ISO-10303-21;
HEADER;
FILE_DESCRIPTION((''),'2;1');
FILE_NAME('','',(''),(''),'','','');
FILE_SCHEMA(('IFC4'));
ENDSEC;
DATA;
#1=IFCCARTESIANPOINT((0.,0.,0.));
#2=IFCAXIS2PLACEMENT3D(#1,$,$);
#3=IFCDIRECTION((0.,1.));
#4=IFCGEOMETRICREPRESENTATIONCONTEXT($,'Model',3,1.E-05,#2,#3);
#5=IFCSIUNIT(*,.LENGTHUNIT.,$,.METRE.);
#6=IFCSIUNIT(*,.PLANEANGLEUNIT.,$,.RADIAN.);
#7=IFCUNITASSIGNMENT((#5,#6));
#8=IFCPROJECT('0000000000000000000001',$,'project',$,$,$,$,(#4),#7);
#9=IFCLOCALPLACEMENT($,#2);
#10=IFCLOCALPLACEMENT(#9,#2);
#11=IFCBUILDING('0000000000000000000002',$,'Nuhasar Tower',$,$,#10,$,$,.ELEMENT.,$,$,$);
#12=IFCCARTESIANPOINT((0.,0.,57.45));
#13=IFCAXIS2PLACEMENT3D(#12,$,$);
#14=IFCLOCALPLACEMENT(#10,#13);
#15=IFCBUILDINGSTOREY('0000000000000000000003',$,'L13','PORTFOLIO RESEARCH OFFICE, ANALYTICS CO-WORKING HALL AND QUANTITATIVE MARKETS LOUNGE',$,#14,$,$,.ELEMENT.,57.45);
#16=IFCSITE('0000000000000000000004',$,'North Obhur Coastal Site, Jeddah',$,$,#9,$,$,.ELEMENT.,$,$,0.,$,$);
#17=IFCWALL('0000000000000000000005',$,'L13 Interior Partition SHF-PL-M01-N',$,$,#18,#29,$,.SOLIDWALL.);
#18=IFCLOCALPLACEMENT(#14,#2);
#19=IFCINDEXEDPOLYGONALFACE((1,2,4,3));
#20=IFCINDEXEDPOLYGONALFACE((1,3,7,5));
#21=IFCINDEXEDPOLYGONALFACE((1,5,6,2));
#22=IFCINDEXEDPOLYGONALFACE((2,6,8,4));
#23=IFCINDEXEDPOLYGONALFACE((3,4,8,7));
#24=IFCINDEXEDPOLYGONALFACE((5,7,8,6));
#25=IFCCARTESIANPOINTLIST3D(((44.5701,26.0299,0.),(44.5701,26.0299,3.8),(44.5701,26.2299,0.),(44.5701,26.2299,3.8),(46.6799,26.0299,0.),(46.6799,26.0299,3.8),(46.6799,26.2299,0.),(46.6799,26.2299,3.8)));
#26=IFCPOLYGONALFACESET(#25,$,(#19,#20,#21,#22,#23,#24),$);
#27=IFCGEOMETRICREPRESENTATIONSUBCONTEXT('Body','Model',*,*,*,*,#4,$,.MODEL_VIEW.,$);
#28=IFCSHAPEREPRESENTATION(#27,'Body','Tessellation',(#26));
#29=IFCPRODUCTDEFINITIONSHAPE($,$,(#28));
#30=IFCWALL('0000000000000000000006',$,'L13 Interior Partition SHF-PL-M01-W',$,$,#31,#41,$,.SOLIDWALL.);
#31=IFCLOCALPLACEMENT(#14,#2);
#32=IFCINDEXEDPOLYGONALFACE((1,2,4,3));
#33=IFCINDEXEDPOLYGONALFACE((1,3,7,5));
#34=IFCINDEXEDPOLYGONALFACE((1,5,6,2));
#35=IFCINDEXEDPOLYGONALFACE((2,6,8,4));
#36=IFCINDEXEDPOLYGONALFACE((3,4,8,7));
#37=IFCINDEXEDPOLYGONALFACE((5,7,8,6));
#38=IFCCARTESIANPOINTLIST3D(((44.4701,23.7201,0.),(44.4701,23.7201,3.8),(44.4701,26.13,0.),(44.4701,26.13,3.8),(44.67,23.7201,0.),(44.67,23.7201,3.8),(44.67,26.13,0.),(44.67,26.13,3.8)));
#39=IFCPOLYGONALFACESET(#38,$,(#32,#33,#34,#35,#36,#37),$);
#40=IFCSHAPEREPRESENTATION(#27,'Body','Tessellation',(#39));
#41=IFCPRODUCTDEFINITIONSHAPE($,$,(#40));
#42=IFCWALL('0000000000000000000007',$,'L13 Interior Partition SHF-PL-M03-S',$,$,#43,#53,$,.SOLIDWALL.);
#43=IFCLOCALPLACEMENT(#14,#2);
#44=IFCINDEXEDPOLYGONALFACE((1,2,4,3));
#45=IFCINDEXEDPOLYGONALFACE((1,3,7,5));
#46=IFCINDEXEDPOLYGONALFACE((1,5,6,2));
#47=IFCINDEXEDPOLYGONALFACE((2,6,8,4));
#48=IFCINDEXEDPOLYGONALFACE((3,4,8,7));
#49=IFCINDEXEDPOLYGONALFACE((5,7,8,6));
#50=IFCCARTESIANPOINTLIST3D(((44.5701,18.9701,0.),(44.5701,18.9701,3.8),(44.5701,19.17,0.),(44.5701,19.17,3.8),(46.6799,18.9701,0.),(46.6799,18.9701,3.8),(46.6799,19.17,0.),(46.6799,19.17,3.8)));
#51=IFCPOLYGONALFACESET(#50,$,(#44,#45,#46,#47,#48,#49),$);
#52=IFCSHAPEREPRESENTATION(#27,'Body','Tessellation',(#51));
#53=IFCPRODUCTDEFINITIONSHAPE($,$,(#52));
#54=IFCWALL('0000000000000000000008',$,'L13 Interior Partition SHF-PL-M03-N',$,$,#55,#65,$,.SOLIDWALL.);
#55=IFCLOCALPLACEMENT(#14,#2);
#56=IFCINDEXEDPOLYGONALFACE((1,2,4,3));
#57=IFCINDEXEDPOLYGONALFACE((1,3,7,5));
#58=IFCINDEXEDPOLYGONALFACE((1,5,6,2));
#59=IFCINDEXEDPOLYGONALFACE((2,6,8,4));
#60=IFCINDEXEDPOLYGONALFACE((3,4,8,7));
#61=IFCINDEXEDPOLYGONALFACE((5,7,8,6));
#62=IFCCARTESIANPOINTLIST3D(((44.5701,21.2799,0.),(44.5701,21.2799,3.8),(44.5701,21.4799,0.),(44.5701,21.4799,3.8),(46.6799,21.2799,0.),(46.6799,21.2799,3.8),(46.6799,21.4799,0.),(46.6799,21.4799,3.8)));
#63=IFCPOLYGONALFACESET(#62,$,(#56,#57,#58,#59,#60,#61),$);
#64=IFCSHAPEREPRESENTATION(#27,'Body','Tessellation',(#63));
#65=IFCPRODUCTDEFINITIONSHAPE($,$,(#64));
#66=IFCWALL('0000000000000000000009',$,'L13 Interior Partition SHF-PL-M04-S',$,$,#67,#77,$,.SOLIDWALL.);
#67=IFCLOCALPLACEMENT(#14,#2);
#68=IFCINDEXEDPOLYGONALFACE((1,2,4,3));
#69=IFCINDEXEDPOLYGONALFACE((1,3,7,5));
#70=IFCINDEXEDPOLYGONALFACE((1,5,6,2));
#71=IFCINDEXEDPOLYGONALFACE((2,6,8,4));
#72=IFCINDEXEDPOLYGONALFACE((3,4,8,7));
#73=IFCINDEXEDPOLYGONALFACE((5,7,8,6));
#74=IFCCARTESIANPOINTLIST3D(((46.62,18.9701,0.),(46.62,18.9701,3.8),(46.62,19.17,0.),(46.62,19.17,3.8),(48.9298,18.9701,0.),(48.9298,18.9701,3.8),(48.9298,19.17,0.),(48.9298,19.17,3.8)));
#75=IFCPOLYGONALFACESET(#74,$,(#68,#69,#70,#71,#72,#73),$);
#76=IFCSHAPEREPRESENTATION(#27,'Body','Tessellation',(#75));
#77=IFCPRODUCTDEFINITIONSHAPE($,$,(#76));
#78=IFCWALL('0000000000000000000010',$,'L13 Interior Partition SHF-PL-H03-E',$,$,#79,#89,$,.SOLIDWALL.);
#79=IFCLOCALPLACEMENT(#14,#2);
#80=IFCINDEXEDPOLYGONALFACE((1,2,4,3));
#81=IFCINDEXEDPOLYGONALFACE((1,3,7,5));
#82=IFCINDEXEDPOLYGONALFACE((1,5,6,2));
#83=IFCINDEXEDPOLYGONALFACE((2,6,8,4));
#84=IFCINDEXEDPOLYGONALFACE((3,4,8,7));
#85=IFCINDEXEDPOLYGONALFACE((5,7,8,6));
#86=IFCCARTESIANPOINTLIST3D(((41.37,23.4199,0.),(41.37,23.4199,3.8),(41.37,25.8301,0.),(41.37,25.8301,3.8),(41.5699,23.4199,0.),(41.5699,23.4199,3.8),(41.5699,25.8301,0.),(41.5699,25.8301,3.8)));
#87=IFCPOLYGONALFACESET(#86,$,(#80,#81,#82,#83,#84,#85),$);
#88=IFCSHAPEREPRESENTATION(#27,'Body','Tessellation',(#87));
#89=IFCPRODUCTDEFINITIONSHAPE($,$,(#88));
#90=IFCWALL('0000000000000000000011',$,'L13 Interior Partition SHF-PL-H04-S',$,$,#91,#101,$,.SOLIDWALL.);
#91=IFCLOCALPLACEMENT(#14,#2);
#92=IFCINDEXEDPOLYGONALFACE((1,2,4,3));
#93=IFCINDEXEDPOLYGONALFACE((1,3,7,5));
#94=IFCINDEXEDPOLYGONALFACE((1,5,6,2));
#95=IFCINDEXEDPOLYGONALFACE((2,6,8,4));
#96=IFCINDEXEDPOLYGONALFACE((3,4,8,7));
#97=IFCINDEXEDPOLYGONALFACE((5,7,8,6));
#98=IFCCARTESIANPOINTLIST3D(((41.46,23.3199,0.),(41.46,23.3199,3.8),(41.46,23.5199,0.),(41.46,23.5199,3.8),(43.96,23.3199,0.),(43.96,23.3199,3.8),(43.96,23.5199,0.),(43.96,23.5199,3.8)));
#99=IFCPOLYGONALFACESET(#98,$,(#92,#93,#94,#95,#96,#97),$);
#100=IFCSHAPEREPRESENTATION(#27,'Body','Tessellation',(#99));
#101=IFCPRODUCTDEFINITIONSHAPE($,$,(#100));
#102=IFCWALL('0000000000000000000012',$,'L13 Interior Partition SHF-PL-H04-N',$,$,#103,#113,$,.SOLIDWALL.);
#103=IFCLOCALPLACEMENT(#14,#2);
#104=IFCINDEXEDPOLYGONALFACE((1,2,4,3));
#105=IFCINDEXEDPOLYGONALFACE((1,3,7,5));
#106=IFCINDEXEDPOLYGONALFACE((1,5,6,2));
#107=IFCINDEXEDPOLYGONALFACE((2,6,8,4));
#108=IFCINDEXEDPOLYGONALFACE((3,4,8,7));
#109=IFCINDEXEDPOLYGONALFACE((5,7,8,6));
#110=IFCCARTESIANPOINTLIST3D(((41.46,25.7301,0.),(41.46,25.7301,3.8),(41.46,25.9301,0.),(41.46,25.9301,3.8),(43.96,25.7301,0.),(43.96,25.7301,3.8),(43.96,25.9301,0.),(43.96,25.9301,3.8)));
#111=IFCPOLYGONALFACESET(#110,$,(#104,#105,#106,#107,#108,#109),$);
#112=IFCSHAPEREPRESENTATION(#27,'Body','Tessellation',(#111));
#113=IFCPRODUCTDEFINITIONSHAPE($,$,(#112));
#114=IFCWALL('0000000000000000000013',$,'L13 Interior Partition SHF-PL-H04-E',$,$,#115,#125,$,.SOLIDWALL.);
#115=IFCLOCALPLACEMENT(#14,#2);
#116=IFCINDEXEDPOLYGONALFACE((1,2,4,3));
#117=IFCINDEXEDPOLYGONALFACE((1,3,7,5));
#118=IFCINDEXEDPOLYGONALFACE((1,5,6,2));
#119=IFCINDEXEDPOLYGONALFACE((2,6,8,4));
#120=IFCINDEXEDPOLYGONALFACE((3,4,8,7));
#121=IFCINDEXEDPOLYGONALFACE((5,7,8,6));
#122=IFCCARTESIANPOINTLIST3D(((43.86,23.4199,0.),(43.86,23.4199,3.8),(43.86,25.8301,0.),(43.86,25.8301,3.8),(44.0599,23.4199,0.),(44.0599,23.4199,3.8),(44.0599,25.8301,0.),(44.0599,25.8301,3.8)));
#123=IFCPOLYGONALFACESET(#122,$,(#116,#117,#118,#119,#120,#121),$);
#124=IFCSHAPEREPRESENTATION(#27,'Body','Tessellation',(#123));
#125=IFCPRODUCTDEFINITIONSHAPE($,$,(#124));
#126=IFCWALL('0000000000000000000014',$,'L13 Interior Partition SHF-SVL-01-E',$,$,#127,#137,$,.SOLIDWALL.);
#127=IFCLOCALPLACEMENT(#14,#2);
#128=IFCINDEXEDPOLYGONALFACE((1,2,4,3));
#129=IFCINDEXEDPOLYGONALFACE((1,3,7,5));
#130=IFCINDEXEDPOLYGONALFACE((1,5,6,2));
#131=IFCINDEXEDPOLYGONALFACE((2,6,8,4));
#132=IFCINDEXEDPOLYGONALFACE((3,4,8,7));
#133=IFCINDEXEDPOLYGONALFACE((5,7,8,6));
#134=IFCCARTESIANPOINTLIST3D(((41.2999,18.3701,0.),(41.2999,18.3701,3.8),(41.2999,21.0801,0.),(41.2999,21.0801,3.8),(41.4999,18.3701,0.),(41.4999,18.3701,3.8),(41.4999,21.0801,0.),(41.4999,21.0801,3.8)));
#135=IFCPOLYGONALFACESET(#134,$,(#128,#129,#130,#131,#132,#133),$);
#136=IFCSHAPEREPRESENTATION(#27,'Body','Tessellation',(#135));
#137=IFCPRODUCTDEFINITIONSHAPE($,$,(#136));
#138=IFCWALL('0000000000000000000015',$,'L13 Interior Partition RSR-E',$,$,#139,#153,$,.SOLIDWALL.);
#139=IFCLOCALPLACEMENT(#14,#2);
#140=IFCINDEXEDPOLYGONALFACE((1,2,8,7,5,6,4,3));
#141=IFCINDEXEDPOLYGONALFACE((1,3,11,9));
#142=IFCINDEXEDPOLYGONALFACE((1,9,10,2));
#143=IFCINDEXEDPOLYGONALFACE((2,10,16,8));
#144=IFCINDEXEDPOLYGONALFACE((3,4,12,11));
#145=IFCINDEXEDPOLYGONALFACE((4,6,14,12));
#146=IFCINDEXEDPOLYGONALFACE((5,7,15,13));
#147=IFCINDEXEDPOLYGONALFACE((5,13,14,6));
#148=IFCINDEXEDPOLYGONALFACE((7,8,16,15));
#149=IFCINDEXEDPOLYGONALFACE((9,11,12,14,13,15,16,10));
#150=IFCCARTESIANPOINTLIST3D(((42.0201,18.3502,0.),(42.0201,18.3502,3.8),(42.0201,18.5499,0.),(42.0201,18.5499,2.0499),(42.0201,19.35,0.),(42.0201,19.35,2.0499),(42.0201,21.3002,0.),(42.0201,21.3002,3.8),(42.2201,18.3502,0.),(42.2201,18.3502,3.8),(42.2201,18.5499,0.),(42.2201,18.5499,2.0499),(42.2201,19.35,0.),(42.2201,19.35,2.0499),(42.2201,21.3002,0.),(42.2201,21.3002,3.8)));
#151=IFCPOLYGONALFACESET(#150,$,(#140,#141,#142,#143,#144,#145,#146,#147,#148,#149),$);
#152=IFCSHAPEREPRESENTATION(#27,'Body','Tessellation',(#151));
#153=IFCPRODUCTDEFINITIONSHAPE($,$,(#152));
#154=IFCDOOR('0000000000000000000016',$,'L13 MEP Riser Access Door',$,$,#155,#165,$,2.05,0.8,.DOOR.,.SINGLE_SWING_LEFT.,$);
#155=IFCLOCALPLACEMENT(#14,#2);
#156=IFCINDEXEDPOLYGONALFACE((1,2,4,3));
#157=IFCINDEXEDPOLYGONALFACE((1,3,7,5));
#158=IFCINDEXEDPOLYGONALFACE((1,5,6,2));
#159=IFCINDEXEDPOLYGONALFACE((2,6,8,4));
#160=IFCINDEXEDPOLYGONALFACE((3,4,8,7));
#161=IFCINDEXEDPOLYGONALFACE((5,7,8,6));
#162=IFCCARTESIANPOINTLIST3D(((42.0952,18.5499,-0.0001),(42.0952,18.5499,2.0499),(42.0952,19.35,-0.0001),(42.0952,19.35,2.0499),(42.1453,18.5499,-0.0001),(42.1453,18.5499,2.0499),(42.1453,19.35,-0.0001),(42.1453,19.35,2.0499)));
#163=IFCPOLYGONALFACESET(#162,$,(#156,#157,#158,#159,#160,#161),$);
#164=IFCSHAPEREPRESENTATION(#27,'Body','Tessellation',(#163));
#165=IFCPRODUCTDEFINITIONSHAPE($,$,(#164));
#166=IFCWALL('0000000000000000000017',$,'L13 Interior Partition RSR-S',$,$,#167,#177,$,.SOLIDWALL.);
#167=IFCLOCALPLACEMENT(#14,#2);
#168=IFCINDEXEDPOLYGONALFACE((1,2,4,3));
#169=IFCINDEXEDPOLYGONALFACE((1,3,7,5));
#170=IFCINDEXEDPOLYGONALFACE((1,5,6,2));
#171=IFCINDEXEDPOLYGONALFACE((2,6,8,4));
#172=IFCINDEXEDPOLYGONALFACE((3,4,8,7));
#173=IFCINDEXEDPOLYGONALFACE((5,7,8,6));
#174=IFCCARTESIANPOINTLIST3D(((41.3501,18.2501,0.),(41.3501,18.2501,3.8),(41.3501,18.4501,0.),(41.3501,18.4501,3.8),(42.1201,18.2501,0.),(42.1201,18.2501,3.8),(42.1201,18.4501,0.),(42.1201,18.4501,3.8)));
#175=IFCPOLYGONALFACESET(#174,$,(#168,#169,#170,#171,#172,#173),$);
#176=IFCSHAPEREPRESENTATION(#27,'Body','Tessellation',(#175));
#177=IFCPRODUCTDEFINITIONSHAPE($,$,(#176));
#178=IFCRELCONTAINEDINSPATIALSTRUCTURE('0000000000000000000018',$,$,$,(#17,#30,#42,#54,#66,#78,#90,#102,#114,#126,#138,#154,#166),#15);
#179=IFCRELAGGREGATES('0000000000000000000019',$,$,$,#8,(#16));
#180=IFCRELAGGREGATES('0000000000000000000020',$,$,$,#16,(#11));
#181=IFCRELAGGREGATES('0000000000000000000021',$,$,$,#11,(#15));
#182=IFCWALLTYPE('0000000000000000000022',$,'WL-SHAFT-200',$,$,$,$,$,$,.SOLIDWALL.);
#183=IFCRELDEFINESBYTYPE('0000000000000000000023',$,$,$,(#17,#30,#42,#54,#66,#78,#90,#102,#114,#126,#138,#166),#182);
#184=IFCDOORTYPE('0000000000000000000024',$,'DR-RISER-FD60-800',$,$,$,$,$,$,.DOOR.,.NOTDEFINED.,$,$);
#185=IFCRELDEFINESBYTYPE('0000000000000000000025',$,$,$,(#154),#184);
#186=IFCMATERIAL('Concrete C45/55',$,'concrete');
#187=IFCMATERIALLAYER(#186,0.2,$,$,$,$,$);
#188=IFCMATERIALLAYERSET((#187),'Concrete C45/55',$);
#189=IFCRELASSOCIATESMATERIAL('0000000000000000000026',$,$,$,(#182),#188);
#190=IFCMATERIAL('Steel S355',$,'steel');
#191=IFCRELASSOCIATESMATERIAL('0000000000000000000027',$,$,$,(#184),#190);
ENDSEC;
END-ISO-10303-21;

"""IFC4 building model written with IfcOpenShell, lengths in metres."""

from ifc_helpers import new_model, si_unit, direction, frame, frame_2d, origin, place, context, subcontext, project, spatial, rectangle, extrude, material, layer, layer_set, type_object, element, fill, save


model = new_model("IFC4")

# Units and contexts
model_context = context("Model", 3, precision=1e-05, world=origin(), true_north=direction((0.0, 1.0)))
body_context = subcontext(model_context, "Body", "Model", "MODEL_VIEW")
ifc_project = project(units=[si_unit("LENGTHUNIT", "METRE"), si_unit("PLANEANGLEUNIT", "RADIAN")], contexts=[model_context])

# Site, building, storey
site_placement = place(None, origin())
site = spatial("IfcSite", under=ifc_project, at=site_placement, Name="North Obhur Coastal Site, Jeddah", CompositionType="ELEMENT", RefElevation=0.0)
building_placement = place(site_placement, origin())
building = spatial("IfcBuilding", under=site, at=building_placement, Name="Nuhasar Tower", CompositionType="ELEMENT")
storey_placement = place(building_placement, frame((0.0, 0.0, 57.45)))
storey = spatial("IfcBuildingStorey", under=building, at=storey_placement, Name="L13", Description="PORTFOLIO RESEARCH OFFICE, ANALYTICS CO-WORKING HALL AND QUANTITATIVE MARKETS LOUNGE", CompositionType="ELEMENT", Elevation=57.45)

# Shared definitions
ifc_material_1 = material(Name="Steel S355", Category="steel")

# Shared definitions
ifc_material_2 = material(Name="Concrete C45/55", Category="concrete")

# Walls
ifc_layer_1 = layer(ifc_material_2, 0.2)
ifc_layer_set_1 = layer_set([ifc_layer_1], Name="Concrete C45/55")
wall_type_1 = type_object("IfcWallType", Name="WL-SHAFT-200", PredefinedType="SOLIDWALL", material=ifc_layer_set_1)
for number, where, z_axis, x_axis, name in (
    (1, (44.5701, 26.1299, 0.0), (0.0, 0.0, 1.0), (1.0, 0.0, 0.0), "L13 Interior Partition SHF-PL-M01-N"),
):
    element("IfcWall", number, at=place(storey_placement, frame(where, z_axis=z_axis, x_axis=x_axis)), inside=storey, type_object=wall_type_1, Name=name, PredefinedType="SOLIDWALL", context=body_context, shape_type="SweptSolid", body=[
        extrude(rectangle(XDim=2.1099, YDim=0.2, at=frame_2d((1.0549, 0.0))), origin(), (0.0, 0.0, 1.0), 3.8),
    ])
wall_1_placement = place(storey_placement, frame((44.5701, 23.72, 0.0), z_axis=(0.0, 0.0, 1.0), x_axis=(0.0, 1.0, 0.0)))
element("IfcWall", 2, at=wall_1_placement, inside=storey, type_object=wall_type_1, Name="L13 Interior Partition SHF-PL-M01-W", PredefinedType="SOLIDWALL", context=body_context, shape_type="SweptSolid", body=[
    extrude(rectangle(XDim=2.4099, YDim=0.2, at=frame_2d((1.2051, 0.0))), origin(), (0.0, 0.0, 1.0), 3.8),
])
for number, where, z_axis, x_axis, name in (
    (3, (44.5701, 19.0701, 0.0), (0.0, 0.0, 1.0), (1.0, 0.0, 0.0), "L13 Interior Partition SHF-PL-M03-S"),
    (4, (44.5701, 21.3799, 0.0), (0.0, 0.0, 1.0), (1.0, 0.0, 0.0), "L13 Interior Partition SHF-PL-M03-N"),
):
    element("IfcWall", number, at=place(storey_placement, frame(where, z_axis=z_axis, x_axis=x_axis)), inside=storey, type_object=wall_type_1, Name=name, PredefinedType="SOLIDWALL", context=body_context, shape_type="SweptSolid", body=[
        extrude(rectangle(XDim=2.1099, YDim=0.2, at=frame_2d((1.0549, 0.0))), origin(), (0.0, 0.0, 1.0), 3.8),
    ])
wall_2_placement = place(storey_placement, frame((46.6201, 19.0701, 0.0), z_axis=(0.0, 0.0, 1.0), x_axis=(1.0, 0.0, 0.0)))
element("IfcWall", 5, at=wall_2_placement, inside=storey, type_object=wall_type_1, Name="L13 Interior Partition SHF-PL-M04-S", PredefinedType="SOLIDWALL", context=body_context, shape_type="SweptSolid", body=[
    extrude(rectangle(XDim=2.3098, YDim=0.2, at=frame_2d((1.1548, 0.0))), origin(), (0.0, 0.0, 1.0), 3.8),
])
wall_3_placement = place(storey_placement, frame((41.47, 23.4199, 0.0), z_axis=(0.0, 0.0, 1.0), x_axis=(0.0, 1.0, 0.0)))
element("IfcWall", 6, at=wall_3_placement, inside=storey, type_object=wall_type_1, Name="L13 Interior Partition SHF-PL-H03-E", PredefinedType="SOLIDWALL", context=body_context, shape_type="SweptSolid", body=[
    extrude(rectangle(XDim=2.4102, YDim=0.2, at=frame_2d((1.2051, 0.0))), origin(), (0.0, 0.0, 1.0), 3.8),
])
for number, where, z_axis, x_axis, name in (
    (7, (41.46, 23.4199, 0.0), (0.0, 0.0, 1.0), (1.0, 0.0, 0.0), "L13 Interior Partition SHF-PL-H04-S"),
    (8, (41.46, 25.8301, 0.0), (0.0, 0.0, 1.0), (1.0, 0.0, 0.0), "L13 Interior Partition SHF-PL-H04-N"),
):
    element("IfcWall", number, at=place(storey_placement, frame(where, z_axis=z_axis, x_axis=x_axis)), inside=storey, type_object=wall_type_1, Name=name, PredefinedType="SOLIDWALL", context=body_context, shape_type="SweptSolid", body=[
        extrude(rectangle(XDim=2.5, YDim=0.2, at=frame_2d((1.25, 0.0))), origin(), (0.0, 0.0, 1.0), 3.8),
    ])
wall_4_placement = place(storey_placement, frame((43.96, 23.4199, 0.0), z_axis=(0.0, 0.0, 1.0), x_axis=(0.0, 1.0, 0.0)))
element("IfcWall", 9, at=wall_4_placement, inside=storey, type_object=wall_type_1, Name="L13 Interior Partition SHF-PL-H04-E", PredefinedType="SOLIDWALL", context=body_context, shape_type="SweptSolid", body=[
    extrude(rectangle(XDim=2.4102, YDim=0.2, at=frame_2d((1.2051, 0.0))), origin(), (0.0, 0.0, 1.0), 3.8),
])
wall_5_placement = place(storey_placement, frame((41.3999, 18.3701, 0.0), z_axis=(0.0, 0.0, 1.0), x_axis=(0.0, 1.0, 0.0)))
element("IfcWall", 10, at=wall_5_placement, inside=storey, type_object=wall_type_1, Name="L13 Interior Partition SHF-SVL-01-E", PredefinedType="SOLIDWALL", context=body_context, shape_type="SweptSolid", body=[
    extrude(rectangle(XDim=2.71, YDim=0.2, at=frame_2d((1.355, 0.0))), origin(), (0.0, 0.0, 1.0), 3.8),
])

# Wall, opening, door
wall_6_placement = place(storey_placement, frame((42.1201, 18.3501, 0.0), z_axis=(0.0, 0.0, 1.0), x_axis=(0.0, 1.0, 0.0)))
wall_6 = element("IfcWall", 11, at=wall_6_placement, inside=storey, type_object=wall_type_1, Name="L13 Interior Partition RSR-E", PredefinedType="SOLIDWALL", context=body_context, shape_type="SweptSolid", body=[
    extrude(rectangle(XDim=2.95, YDim=0.2, at=frame_2d((1.4751, 0.0))), origin(), (0.0, 0.0, 1.0), 3.8),
])
opening_1_placement = place(wall_6_placement, frame((0.2, 0.0, 0.0)))
opening_1 = element("IfcOpeningElement", 12, at=opening_1_placement, cuts=wall_6, PredefinedType="OPENING", context=body_context, shape_type="SweptSolid", body=[
    extrude(rectangle(XDim=0.8, YDim=2.05, at=frame_2d((0.3999, 1.0249))), frame((0.0, 0.1099, 0.0), z_axis=(0.0, -1.0, 0.0), x_axis=(1.0, 0.0, 0.0)), (0.0, 0.0, 1.0), 0.22),
])
door_type_1 = type_object("IfcDoorType", Name="DR-RISER-FD60-800", OperationType="NOTDEFINED", PredefinedType="DOOR", material=ifc_material_1)
door_1_placement = place(opening_1_placement, origin())
door_1 = element("IfcDoor", 13, at=door_1_placement, inside=storey, type_object=door_type_1, Name="L13 MEP Riser Access Door", OperationType="SINGLE_SWING_LEFT", OverallHeight=2.05, OverallWidth=0.8, PredefinedType="DOOR", context=body_context, shape_type="SweptSolid", body=[
    extrude(rectangle(XDim=0.8, YDim=2.05, at=frame_2d((0.3999, 1.0249))), frame((0.0, 0.0249, 0.0), z_axis=(0.0, -1.0, 0.0), x_axis=(1.0, 0.0, 0.0)), (0.0, 0.0, 1.0), 0.05),
])
fill(opening_1, door_1)

# Wall
wall_7_placement = place(storey_placement, frame((41.3501, 18.3501, 0.0), z_axis=(0.0, 0.0, 1.0), x_axis=(1.0, 0.0, 0.0)))
element("IfcWall", 14, at=wall_7_placement, inside=storey, type_object=wall_type_1, Name="L13 Interior Partition RSR-S", PredefinedType="SOLIDWALL", context=body_context, shape_type="SweptSolid", body=[
    extrude(rectangle(XDim=0.77, YDim=0.2, at=frame_2d((0.385, 0.0))), origin(), (0.0, 0.0, 1.0), 3.8),
])

save(model, "model.ifc")
